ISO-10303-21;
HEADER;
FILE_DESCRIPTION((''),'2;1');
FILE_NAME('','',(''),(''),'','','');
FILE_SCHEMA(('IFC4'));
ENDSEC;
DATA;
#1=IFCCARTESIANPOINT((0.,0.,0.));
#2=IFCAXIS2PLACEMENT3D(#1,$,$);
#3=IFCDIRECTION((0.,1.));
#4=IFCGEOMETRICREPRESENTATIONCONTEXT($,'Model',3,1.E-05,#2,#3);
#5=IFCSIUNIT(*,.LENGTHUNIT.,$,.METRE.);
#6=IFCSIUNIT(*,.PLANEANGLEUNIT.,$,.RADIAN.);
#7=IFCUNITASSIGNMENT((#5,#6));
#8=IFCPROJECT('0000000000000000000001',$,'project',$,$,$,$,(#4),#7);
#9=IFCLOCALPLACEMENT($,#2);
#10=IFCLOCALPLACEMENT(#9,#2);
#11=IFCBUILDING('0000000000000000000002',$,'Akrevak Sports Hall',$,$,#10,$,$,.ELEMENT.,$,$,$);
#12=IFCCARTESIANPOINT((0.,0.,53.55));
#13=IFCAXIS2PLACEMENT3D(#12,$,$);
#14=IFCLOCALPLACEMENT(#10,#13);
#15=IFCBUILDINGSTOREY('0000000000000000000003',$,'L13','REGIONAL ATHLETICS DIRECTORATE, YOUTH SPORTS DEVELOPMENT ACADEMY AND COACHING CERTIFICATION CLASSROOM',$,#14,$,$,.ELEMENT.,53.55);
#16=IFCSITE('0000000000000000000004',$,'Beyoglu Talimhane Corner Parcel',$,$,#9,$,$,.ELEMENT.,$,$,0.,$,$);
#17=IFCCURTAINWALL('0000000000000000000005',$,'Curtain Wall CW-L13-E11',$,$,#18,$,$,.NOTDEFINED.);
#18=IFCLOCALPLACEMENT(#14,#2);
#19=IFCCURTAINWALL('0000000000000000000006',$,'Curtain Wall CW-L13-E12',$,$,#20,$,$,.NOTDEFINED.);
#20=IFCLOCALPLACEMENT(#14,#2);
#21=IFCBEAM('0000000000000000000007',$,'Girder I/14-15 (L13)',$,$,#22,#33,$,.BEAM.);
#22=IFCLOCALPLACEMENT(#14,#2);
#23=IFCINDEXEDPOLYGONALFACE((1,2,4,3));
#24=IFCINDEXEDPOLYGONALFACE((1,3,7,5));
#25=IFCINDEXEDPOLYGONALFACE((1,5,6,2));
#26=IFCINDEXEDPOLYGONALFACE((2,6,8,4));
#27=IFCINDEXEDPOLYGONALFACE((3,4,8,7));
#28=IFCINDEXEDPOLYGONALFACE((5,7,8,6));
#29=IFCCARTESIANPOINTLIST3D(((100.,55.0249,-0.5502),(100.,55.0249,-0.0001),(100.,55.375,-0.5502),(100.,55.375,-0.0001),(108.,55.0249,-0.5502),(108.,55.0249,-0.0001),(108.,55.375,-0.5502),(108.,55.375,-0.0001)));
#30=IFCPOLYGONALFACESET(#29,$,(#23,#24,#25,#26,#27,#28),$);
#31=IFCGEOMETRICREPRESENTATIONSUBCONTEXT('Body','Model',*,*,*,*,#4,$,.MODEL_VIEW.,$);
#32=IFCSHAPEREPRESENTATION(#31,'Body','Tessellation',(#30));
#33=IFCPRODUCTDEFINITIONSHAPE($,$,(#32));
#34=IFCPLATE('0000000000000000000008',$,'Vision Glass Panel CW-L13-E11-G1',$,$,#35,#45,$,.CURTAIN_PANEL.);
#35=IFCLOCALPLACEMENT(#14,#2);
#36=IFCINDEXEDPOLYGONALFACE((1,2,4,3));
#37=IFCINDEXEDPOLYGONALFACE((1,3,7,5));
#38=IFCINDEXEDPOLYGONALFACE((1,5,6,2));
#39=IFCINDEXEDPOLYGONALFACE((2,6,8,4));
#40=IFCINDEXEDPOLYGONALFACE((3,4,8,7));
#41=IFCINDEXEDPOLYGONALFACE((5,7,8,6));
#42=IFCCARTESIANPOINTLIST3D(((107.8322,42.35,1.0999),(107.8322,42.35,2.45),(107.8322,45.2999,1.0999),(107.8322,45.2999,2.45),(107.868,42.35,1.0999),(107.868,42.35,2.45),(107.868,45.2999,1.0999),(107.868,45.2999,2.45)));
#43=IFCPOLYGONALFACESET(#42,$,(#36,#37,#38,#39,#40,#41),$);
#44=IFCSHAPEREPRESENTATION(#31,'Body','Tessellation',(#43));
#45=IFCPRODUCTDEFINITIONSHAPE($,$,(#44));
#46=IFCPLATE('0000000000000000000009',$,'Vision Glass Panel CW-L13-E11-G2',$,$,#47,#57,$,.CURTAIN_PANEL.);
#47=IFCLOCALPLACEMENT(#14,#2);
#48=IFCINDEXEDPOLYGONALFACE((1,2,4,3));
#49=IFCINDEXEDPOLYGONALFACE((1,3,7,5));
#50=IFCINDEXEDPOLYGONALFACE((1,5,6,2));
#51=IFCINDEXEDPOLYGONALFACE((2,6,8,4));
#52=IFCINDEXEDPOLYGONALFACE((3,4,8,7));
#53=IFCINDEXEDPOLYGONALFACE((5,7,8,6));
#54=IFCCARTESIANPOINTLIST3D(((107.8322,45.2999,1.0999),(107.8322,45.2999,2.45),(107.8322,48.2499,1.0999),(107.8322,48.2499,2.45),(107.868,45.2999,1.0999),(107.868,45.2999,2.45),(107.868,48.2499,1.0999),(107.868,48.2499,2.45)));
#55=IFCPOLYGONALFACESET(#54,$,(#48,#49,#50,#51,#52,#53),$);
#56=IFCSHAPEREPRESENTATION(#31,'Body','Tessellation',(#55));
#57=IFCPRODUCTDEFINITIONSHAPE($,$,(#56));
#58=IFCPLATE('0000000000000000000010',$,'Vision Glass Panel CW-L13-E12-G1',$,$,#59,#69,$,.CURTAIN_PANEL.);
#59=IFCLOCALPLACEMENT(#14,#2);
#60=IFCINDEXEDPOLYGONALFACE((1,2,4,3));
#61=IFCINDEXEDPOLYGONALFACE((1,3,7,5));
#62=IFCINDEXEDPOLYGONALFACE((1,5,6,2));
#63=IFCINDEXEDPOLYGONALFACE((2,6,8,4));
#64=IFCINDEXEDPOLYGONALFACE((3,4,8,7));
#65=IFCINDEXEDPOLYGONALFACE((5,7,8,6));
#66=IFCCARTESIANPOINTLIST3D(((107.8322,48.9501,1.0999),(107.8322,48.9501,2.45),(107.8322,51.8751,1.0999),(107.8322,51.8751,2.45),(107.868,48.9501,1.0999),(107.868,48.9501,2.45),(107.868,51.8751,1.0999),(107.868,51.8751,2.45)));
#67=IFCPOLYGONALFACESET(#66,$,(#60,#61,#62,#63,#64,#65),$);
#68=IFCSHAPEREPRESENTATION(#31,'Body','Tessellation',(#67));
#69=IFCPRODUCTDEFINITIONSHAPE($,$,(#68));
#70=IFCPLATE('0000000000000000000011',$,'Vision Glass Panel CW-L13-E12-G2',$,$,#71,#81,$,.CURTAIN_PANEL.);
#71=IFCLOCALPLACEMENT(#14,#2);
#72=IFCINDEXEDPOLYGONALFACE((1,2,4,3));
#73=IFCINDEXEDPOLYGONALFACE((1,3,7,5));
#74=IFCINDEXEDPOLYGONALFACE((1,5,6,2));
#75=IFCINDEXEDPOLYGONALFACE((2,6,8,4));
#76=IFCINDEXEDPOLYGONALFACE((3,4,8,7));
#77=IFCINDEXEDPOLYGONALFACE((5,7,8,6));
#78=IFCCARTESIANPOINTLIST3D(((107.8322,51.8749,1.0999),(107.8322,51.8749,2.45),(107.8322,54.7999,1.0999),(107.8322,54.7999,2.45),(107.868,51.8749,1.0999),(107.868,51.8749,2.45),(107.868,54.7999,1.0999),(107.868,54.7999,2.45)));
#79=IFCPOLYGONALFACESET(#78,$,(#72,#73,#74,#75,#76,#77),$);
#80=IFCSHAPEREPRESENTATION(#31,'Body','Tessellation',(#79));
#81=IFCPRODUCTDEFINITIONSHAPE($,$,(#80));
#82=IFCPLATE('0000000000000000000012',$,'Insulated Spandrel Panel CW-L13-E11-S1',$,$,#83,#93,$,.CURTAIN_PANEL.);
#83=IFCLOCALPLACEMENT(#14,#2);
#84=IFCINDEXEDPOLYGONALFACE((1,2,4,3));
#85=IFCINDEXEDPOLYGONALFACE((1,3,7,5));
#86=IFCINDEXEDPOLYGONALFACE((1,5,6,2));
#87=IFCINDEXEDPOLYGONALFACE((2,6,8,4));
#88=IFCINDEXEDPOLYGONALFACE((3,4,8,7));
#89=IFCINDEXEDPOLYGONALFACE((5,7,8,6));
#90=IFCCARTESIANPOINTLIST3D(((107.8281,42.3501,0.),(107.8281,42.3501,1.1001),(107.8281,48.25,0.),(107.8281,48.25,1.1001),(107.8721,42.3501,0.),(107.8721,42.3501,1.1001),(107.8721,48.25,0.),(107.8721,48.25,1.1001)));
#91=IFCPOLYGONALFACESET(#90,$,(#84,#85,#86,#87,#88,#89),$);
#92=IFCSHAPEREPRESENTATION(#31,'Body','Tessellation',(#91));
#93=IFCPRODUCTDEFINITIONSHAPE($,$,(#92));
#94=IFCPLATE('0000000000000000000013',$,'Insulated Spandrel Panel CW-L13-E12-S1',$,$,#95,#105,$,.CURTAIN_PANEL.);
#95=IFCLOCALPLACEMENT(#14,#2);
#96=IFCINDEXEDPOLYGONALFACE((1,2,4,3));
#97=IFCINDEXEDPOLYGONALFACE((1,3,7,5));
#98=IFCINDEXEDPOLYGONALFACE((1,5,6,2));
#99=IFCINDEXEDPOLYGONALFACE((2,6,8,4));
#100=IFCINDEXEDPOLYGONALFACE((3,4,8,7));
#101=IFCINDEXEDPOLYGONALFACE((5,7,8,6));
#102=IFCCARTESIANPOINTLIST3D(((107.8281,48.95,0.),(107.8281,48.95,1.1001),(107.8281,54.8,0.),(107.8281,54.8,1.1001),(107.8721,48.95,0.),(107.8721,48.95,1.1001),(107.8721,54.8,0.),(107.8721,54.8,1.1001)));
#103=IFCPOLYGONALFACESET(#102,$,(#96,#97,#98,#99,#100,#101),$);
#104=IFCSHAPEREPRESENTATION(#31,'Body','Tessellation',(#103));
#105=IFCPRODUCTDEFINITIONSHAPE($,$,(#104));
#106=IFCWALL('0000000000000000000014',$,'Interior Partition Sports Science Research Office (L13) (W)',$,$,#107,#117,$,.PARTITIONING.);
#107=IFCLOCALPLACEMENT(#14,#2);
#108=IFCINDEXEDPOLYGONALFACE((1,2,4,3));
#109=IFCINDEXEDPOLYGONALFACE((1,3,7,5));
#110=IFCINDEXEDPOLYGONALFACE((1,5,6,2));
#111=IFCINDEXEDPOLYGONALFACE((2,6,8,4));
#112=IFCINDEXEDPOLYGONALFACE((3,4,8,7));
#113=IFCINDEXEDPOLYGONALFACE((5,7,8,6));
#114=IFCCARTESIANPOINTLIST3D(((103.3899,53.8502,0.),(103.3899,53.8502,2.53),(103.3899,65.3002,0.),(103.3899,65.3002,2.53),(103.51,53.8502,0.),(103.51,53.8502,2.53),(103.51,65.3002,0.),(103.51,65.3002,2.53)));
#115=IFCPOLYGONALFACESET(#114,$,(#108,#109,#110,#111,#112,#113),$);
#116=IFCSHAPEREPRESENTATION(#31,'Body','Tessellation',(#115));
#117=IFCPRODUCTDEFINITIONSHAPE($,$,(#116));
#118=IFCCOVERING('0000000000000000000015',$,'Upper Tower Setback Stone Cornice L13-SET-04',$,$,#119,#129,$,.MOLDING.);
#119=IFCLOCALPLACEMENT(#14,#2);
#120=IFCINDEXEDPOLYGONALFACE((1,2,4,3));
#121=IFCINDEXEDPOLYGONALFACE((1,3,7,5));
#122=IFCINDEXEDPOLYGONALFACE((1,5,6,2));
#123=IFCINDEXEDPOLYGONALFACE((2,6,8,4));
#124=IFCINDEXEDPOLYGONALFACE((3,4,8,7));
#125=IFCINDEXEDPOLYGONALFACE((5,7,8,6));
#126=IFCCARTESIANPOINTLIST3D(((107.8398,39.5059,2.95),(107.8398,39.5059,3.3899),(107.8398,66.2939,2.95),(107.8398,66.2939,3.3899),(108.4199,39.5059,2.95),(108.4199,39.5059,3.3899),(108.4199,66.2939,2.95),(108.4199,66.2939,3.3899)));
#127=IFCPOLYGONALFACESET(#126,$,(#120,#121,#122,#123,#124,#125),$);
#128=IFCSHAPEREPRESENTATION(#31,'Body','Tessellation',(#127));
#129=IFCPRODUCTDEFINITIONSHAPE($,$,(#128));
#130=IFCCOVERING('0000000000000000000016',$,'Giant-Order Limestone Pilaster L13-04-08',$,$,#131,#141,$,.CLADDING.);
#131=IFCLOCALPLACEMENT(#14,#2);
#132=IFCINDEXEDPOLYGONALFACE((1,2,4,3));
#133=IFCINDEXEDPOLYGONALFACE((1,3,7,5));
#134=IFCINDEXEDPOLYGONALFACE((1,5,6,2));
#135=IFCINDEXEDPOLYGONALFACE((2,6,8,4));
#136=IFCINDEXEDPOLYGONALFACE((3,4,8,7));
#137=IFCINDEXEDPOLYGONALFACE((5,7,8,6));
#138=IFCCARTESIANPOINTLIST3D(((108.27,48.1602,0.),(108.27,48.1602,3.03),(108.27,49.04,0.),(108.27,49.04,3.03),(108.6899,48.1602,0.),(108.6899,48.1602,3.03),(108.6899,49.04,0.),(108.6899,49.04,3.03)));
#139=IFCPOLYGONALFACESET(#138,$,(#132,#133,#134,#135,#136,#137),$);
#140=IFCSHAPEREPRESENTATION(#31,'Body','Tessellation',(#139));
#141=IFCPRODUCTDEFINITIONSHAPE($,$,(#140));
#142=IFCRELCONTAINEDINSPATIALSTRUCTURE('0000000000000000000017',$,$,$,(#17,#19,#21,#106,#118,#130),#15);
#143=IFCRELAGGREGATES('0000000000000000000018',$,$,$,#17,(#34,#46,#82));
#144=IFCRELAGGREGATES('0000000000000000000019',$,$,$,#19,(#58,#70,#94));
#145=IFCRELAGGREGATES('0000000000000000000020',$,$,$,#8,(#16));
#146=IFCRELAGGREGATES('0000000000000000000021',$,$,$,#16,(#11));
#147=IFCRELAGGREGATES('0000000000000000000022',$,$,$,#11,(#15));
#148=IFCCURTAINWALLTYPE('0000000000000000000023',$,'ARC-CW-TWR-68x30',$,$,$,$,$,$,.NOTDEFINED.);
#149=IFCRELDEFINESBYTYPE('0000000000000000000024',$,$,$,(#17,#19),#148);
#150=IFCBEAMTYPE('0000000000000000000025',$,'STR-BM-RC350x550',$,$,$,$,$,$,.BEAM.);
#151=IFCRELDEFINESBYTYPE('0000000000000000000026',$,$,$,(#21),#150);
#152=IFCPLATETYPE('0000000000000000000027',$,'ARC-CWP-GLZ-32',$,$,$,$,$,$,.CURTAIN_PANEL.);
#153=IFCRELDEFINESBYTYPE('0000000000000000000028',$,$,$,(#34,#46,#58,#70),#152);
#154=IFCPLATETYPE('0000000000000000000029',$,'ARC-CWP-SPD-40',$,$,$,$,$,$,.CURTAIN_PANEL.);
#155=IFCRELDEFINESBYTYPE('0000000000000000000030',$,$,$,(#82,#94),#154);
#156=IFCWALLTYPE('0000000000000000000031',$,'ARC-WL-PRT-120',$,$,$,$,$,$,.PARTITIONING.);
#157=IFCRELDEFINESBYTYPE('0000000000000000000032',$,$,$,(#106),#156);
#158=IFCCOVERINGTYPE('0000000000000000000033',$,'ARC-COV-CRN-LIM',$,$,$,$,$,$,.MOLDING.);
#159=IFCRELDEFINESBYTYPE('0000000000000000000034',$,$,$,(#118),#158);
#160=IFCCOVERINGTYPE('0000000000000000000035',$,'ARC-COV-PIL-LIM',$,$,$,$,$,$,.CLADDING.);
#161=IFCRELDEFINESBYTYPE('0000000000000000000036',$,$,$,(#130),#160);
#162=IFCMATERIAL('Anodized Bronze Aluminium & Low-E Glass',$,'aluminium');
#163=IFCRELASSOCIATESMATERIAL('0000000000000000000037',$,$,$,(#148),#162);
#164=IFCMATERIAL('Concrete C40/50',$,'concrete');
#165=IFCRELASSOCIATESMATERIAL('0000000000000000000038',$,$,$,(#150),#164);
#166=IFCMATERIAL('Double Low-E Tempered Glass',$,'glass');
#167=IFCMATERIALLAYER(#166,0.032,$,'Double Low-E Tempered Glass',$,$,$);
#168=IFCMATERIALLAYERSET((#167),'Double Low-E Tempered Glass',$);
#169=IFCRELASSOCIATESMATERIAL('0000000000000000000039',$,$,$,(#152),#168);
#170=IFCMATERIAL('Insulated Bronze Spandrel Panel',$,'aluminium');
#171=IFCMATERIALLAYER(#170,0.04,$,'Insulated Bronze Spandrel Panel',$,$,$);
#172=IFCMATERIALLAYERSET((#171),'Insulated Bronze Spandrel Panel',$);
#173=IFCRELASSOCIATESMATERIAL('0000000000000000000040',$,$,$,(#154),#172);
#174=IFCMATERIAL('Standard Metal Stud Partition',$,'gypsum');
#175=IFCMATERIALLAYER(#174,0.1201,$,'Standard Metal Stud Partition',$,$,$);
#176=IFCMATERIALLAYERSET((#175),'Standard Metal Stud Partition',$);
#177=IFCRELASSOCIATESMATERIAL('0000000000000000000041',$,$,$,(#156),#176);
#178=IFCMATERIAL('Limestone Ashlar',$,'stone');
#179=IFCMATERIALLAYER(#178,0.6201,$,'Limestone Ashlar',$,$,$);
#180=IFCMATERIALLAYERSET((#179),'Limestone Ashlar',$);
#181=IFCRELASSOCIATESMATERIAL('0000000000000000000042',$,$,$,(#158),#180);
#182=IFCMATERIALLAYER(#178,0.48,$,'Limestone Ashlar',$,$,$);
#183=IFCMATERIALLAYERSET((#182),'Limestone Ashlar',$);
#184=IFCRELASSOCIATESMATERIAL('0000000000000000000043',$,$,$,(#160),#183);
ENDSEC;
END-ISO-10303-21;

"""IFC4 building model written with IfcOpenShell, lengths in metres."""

from ifc_helpers import new_model, si_unit, direction, frame, frame_2d, origin, origin_2d, place, context, subcontext, project, spatial, rectangle, extrude, material, layer, layer_set, material_profile, profile_set, type_object, element, aggregate, save


model = new_model("IFC4")

# Units and contexts
model_context = context("Model", 3, precision=1e-05, world=origin(), true_north=direction((0.0, 1.0)))
body_context = subcontext(model_context, "Body", "Model", "MODEL_VIEW")
ifc_project = project(units=[si_unit("LENGTHUNIT", "METRE"), si_unit("PLANEANGLEUNIT", "RADIAN")], contexts=[model_context])

# Site, building, storey
site_placement = place(None, origin())
site = spatial("IfcSite", under=ifc_project, at=site_placement, Name="Beyoglu Talimhane Corner Parcel", CompositionType="ELEMENT", RefElevation=0.0)
building_placement = place(site_placement, origin())
building = spatial("IfcBuilding", under=site, at=building_placement, Name="Akrevak Sports Hall", CompositionType="ELEMENT")
storey_placement = place(building_placement, frame((0.0, 0.0, 53.55)))
storey = spatial("IfcBuildingStorey", under=building, at=storey_placement, Name="L13", Description="REGIONAL ATHLETICS DIRECTORATE, YOUTH SPORTS DEVELOPMENT ACADEMY AND COACHING CERTIFICATION CLASSROOM", CompositionType="ELEMENT", Elevation=53.55)

# Shared definitions
ifc_material_1 = material(Name="Concrete C40/50", Category="concrete")

# Curtain walls
ifc_material_2 = material(Name="Anodized Bronze Aluminium & Low-E Glass", Category="aluminium")
curtain_wall_type = type_object("IfcCurtainWallType", Name="ARC-CW-TWR-68x30", PredefinedType="NOTDEFINED", material=ifc_material_2)
curtain_wall_1_placement = place(storey_placement, origin())
curtain_wall_1 = element("IfcCurtainWall", 1, at=curtain_wall_1_placement, inside=storey, type_object=curtain_wall_type, Name="Curtain Wall CW-L13-E11", PredefinedType="NOTDEFINED")
curtain_wall_2_placement = place(storey_placement, origin())
curtain_wall_2 = element("IfcCurtainWall", 2, at=curtain_wall_2_placement, inside=storey, type_object=curtain_wall_type, Name="Curtain Wall CW-L13-E12", PredefinedType="NOTDEFINED")

# Beam
ifc_material_profile_1 = material_profile(ifc_material_1, rectangle(XDim=0.3501, YDim=0.55, at=origin_2d()), Name="BM 350x550", Category="concrete")
ifc_profile_set_1 = profile_set([ifc_material_profile_1], Name="Concrete C40/50")
beam_type_1 = type_object("IfcBeamType", Name="STR-BM-RC350x550", PredefinedType="BEAM", material=ifc_profile_set_1)
beam_1_placement = place(storey_placement, frame((100.0, 55.2, -0.2751), z_axis=(1.0, 0.0, 0.0), x_axis=(0.0, 1.0, 0.0)))
element("IfcBeam", 3, at=beam_1_placement, inside=storey, type_object=beam_type_1, Name="Girder I/14-15 (L13)", PredefinedType="BEAM", context=body_context, shape_type="SweptSolid", body=[
    extrude(rectangle(XDim=0.3501, YDim=0.55, at=origin_2d()), origin(), (0.0, 0.0, 1.0), 8.0),
])

# Plates
ifc_material_3 = material(Name="Double Low-E Tempered Glass", Category="glass")
ifc_layer_1 = layer(ifc_material_3, 0.032, Name="Double Low-E Tempered Glass")
ifc_layer_set_1 = layer_set([ifc_layer_1], Name="Double Low-E Tempered Glass")
plate_type_1 = type_object("IfcPlateType", Name="ARC-CWP-GLZ-32", PredefinedType="CURTAIN_PANEL", material=ifc_layer_set_1)
plate_1_placement = place(storey_placement, frame((107.8501, 43.825, 1.0999), z_axis=(0.0, 0.0, 1.0), x_axis=(0.0, 1.0, 0.0)))
plate_1 = element("IfcPlate", 4, at=plate_1_placement, type_object=plate_type_1, Name="Vision Glass Panel CW-L13-E11-G1", PredefinedType="CURTAIN_PANEL", context=body_context, shape_type="SweptSolid", body=[
    extrude(rectangle(XDim=2.95, YDim=0.0359, at=origin_2d()), origin(), (0.0, 0.0, 1.0), 1.3501),
])
plate_2_placement = place(storey_placement, frame((107.8501, 46.7749, 1.0999), z_axis=(0.0, 0.0, 1.0), x_axis=(0.0, 1.0, 0.0)))
plate_2 = element("IfcPlate", 5, at=plate_2_placement, type_object=plate_type_1, Name="Vision Glass Panel CW-L13-E11-G2", PredefinedType="CURTAIN_PANEL", context=body_context, shape_type="SweptSolid", body=[
    extrude(rectangle(XDim=2.95, YDim=0.0359, at=origin_2d()), origin(), (0.0, 0.0, 1.0), 1.3501),
])
plate_3_placement = place(storey_placement, frame((107.8501, 50.4126, 1.0999), z_axis=(0.0, 0.0, 1.0), x_axis=(0.0, 1.0, 0.0)))
plate_3 = element("IfcPlate", 6, at=plate_3_placement, type_object=plate_type_1, Name="Vision Glass Panel CW-L13-E12-G1", PredefinedType="CURTAIN_PANEL", context=body_context, shape_type="SweptSolid", body=[
    extrude(rectangle(XDim=2.925, YDim=0.0359, at=origin_2d()), origin(), (0.0, 0.0, 1.0), 1.3501),
])
plate_4_placement = place(storey_placement, frame((107.8501, 53.3374, 1.0999), z_axis=(0.0, 0.0, 1.0), x_axis=(0.0, 1.0, 0.0)))
plate_4 = element("IfcPlate", 7, at=plate_4_placement, type_object=plate_type_1, Name="Vision Glass Panel CW-L13-E12-G2", PredefinedType="CURTAIN_PANEL", context=body_context, shape_type="SweptSolid", body=[
    extrude(rectangle(XDim=2.925, YDim=0.0359, at=origin_2d()), origin(), (0.0, 0.0, 1.0), 1.3501),
])
ifc_material_4 = material(Name="Insulated Bronze Spandrel Panel", Category="aluminium")
ifc_layer_2 = layer(ifc_material_4, 0.04, Name="Insulated Bronze Spandrel Panel")
ifc_layer_set_2 = layer_set([ifc_layer_2], Name="Insulated Bronze Spandrel Panel")
plate_type_2 = type_object("IfcPlateType", Name="ARC-CWP-SPD-40", PredefinedType="CURTAIN_PANEL", material=ifc_layer_set_2)
plate_5_placement = place(storey_placement, frame((107.8501, 45.3, 0.0), z_axis=(0.0, 0.0, 1.0), x_axis=(0.0, 1.0, 0.0)))
plate_5 = element("IfcPlate", 8, at=plate_5_placement, type_object=plate_type_2, Name="Insulated Spandrel Panel CW-L13-E11-S1", PredefinedType="CURTAIN_PANEL", context=body_context, shape_type="SweptSolid", body=[
    extrude(rectangle(XDim=5.8999, YDim=0.0439, at=origin_2d()), origin(), (0.0, 0.0, 1.0), 1.1001),
])
aggregate(curtain_wall_1, [plate_1, plate_2, plate_5])
plate_6_placement = place(storey_placement, frame((107.8501, 51.875, 0.0), z_axis=(0.0, 0.0, 1.0), x_axis=(0.0, 1.0, 0.0)))
plate_6 = element("IfcPlate", 9, at=plate_6_placement, type_object=plate_type_2, Name="Insulated Spandrel Panel CW-L13-E12-S1", PredefinedType="CURTAIN_PANEL", context=body_context, shape_type="SweptSolid", body=[
    extrude(rectangle(XDim=5.8501, YDim=0.0439, at=origin_2d()), origin(), (0.0, 0.0, 1.0), 1.1001),
])
aggregate(curtain_wall_2, [plate_3, plate_4, plate_6])

# Shared definitions
ifc_material_5 = material(Name="Standard Metal Stud Partition", Category="gypsum")
ifc_layer_3 = layer(ifc_material_5, 0.1201, Name="Standard Metal Stud Partition")
ifc_layer_set_3 = layer_set([ifc_layer_3], Name="Standard Metal Stud Partition")
wall_type = type_object("IfcWallType", Name="ARC-WL-PRT-120", PredefinedType="PARTITIONING", material=ifc_layer_set_3)

# Wall
wall_1_placement = place(storey_placement, frame((103.45, 53.8501, 0.0), z_axis=(0.0, 0.0, 1.0), x_axis=(0.0, 1.0, 0.0)))
element("IfcWall", 10, at=wall_1_placement, inside=storey, type_object=wall_type, Name="Interior Partition Sports Science Research Office (L13) (W)", PredefinedType="PARTITIONING", context=body_context, shape_type="SweptSolid", body=[
    extrude(rectangle(XDim=11.45, YDim=0.1201, at=frame_2d((5.7251, 0.0))), origin(), (0.0, 0.0, 1.0), 2.53),
])

# Coverings
ifc_material_6 = material(Name="Limestone Ashlar", Category="stone")
ifc_layer_4 = layer(ifc_material_6, 0.6201, Name="Limestone Ashlar")
ifc_layer_set_4 = layer_set([ifc_layer_4], Name="Limestone Ashlar")
covering_type_1 = type_object("IfcCoveringType", Name="ARC-COV-CRN-LIM", PredefinedType="MOLDING", material=ifc_layer_set_4)
covering_1_placement = place(storey_placement, frame((108.1299, 52.8999, 2.95), z_axis=(0.0, 0.0, 1.0), x_axis=(0.0, 1.0, 0.0)))
element("IfcCovering", 11, at=covering_1_placement, inside=storey, type_object=covering_type_1, Name="Upper Tower Setback Stone Cornice L13-SET-04", PredefinedType="MOLDING", context=body_context, shape_type="SweptSolid", body=[
    extrude(rectangle(XDim=26.7881, YDim=0.5801, at=origin_2d()), origin(), (0.0, 0.0, 1.0), 0.4399),
])
ifc_layer_5 = layer(ifc_material_6, 0.48, Name="Limestone Ashlar")
ifc_layer_set_5 = layer_set([ifc_layer_5], Name="Limestone Ashlar")
covering_type_2 = type_object("IfcCoveringType", Name="ARC-COV-PIL-LIM", PredefinedType="CLADDING", material=ifc_layer_set_5)
covering_2_placement = place(storey_placement, frame((108.48, 48.6001, 0.0), z_axis=(0.0, 0.0, 1.0), x_axis=(0.0, 1.0, 0.0)))
element("IfcCovering", 12, at=covering_2_placement, inside=storey, type_object=covering_type_2, Name="Giant-Order Limestone Pilaster L13-04-08", PredefinedType="CLADDING", context=body_context, shape_type="SweptSolid", body=[
    extrude(rectangle(XDim=0.8799, YDim=0.4199, at=origin_2d()), origin(), (0.0, 0.0, 1.0), 3.03),
])

save(model, "model.ifc")
